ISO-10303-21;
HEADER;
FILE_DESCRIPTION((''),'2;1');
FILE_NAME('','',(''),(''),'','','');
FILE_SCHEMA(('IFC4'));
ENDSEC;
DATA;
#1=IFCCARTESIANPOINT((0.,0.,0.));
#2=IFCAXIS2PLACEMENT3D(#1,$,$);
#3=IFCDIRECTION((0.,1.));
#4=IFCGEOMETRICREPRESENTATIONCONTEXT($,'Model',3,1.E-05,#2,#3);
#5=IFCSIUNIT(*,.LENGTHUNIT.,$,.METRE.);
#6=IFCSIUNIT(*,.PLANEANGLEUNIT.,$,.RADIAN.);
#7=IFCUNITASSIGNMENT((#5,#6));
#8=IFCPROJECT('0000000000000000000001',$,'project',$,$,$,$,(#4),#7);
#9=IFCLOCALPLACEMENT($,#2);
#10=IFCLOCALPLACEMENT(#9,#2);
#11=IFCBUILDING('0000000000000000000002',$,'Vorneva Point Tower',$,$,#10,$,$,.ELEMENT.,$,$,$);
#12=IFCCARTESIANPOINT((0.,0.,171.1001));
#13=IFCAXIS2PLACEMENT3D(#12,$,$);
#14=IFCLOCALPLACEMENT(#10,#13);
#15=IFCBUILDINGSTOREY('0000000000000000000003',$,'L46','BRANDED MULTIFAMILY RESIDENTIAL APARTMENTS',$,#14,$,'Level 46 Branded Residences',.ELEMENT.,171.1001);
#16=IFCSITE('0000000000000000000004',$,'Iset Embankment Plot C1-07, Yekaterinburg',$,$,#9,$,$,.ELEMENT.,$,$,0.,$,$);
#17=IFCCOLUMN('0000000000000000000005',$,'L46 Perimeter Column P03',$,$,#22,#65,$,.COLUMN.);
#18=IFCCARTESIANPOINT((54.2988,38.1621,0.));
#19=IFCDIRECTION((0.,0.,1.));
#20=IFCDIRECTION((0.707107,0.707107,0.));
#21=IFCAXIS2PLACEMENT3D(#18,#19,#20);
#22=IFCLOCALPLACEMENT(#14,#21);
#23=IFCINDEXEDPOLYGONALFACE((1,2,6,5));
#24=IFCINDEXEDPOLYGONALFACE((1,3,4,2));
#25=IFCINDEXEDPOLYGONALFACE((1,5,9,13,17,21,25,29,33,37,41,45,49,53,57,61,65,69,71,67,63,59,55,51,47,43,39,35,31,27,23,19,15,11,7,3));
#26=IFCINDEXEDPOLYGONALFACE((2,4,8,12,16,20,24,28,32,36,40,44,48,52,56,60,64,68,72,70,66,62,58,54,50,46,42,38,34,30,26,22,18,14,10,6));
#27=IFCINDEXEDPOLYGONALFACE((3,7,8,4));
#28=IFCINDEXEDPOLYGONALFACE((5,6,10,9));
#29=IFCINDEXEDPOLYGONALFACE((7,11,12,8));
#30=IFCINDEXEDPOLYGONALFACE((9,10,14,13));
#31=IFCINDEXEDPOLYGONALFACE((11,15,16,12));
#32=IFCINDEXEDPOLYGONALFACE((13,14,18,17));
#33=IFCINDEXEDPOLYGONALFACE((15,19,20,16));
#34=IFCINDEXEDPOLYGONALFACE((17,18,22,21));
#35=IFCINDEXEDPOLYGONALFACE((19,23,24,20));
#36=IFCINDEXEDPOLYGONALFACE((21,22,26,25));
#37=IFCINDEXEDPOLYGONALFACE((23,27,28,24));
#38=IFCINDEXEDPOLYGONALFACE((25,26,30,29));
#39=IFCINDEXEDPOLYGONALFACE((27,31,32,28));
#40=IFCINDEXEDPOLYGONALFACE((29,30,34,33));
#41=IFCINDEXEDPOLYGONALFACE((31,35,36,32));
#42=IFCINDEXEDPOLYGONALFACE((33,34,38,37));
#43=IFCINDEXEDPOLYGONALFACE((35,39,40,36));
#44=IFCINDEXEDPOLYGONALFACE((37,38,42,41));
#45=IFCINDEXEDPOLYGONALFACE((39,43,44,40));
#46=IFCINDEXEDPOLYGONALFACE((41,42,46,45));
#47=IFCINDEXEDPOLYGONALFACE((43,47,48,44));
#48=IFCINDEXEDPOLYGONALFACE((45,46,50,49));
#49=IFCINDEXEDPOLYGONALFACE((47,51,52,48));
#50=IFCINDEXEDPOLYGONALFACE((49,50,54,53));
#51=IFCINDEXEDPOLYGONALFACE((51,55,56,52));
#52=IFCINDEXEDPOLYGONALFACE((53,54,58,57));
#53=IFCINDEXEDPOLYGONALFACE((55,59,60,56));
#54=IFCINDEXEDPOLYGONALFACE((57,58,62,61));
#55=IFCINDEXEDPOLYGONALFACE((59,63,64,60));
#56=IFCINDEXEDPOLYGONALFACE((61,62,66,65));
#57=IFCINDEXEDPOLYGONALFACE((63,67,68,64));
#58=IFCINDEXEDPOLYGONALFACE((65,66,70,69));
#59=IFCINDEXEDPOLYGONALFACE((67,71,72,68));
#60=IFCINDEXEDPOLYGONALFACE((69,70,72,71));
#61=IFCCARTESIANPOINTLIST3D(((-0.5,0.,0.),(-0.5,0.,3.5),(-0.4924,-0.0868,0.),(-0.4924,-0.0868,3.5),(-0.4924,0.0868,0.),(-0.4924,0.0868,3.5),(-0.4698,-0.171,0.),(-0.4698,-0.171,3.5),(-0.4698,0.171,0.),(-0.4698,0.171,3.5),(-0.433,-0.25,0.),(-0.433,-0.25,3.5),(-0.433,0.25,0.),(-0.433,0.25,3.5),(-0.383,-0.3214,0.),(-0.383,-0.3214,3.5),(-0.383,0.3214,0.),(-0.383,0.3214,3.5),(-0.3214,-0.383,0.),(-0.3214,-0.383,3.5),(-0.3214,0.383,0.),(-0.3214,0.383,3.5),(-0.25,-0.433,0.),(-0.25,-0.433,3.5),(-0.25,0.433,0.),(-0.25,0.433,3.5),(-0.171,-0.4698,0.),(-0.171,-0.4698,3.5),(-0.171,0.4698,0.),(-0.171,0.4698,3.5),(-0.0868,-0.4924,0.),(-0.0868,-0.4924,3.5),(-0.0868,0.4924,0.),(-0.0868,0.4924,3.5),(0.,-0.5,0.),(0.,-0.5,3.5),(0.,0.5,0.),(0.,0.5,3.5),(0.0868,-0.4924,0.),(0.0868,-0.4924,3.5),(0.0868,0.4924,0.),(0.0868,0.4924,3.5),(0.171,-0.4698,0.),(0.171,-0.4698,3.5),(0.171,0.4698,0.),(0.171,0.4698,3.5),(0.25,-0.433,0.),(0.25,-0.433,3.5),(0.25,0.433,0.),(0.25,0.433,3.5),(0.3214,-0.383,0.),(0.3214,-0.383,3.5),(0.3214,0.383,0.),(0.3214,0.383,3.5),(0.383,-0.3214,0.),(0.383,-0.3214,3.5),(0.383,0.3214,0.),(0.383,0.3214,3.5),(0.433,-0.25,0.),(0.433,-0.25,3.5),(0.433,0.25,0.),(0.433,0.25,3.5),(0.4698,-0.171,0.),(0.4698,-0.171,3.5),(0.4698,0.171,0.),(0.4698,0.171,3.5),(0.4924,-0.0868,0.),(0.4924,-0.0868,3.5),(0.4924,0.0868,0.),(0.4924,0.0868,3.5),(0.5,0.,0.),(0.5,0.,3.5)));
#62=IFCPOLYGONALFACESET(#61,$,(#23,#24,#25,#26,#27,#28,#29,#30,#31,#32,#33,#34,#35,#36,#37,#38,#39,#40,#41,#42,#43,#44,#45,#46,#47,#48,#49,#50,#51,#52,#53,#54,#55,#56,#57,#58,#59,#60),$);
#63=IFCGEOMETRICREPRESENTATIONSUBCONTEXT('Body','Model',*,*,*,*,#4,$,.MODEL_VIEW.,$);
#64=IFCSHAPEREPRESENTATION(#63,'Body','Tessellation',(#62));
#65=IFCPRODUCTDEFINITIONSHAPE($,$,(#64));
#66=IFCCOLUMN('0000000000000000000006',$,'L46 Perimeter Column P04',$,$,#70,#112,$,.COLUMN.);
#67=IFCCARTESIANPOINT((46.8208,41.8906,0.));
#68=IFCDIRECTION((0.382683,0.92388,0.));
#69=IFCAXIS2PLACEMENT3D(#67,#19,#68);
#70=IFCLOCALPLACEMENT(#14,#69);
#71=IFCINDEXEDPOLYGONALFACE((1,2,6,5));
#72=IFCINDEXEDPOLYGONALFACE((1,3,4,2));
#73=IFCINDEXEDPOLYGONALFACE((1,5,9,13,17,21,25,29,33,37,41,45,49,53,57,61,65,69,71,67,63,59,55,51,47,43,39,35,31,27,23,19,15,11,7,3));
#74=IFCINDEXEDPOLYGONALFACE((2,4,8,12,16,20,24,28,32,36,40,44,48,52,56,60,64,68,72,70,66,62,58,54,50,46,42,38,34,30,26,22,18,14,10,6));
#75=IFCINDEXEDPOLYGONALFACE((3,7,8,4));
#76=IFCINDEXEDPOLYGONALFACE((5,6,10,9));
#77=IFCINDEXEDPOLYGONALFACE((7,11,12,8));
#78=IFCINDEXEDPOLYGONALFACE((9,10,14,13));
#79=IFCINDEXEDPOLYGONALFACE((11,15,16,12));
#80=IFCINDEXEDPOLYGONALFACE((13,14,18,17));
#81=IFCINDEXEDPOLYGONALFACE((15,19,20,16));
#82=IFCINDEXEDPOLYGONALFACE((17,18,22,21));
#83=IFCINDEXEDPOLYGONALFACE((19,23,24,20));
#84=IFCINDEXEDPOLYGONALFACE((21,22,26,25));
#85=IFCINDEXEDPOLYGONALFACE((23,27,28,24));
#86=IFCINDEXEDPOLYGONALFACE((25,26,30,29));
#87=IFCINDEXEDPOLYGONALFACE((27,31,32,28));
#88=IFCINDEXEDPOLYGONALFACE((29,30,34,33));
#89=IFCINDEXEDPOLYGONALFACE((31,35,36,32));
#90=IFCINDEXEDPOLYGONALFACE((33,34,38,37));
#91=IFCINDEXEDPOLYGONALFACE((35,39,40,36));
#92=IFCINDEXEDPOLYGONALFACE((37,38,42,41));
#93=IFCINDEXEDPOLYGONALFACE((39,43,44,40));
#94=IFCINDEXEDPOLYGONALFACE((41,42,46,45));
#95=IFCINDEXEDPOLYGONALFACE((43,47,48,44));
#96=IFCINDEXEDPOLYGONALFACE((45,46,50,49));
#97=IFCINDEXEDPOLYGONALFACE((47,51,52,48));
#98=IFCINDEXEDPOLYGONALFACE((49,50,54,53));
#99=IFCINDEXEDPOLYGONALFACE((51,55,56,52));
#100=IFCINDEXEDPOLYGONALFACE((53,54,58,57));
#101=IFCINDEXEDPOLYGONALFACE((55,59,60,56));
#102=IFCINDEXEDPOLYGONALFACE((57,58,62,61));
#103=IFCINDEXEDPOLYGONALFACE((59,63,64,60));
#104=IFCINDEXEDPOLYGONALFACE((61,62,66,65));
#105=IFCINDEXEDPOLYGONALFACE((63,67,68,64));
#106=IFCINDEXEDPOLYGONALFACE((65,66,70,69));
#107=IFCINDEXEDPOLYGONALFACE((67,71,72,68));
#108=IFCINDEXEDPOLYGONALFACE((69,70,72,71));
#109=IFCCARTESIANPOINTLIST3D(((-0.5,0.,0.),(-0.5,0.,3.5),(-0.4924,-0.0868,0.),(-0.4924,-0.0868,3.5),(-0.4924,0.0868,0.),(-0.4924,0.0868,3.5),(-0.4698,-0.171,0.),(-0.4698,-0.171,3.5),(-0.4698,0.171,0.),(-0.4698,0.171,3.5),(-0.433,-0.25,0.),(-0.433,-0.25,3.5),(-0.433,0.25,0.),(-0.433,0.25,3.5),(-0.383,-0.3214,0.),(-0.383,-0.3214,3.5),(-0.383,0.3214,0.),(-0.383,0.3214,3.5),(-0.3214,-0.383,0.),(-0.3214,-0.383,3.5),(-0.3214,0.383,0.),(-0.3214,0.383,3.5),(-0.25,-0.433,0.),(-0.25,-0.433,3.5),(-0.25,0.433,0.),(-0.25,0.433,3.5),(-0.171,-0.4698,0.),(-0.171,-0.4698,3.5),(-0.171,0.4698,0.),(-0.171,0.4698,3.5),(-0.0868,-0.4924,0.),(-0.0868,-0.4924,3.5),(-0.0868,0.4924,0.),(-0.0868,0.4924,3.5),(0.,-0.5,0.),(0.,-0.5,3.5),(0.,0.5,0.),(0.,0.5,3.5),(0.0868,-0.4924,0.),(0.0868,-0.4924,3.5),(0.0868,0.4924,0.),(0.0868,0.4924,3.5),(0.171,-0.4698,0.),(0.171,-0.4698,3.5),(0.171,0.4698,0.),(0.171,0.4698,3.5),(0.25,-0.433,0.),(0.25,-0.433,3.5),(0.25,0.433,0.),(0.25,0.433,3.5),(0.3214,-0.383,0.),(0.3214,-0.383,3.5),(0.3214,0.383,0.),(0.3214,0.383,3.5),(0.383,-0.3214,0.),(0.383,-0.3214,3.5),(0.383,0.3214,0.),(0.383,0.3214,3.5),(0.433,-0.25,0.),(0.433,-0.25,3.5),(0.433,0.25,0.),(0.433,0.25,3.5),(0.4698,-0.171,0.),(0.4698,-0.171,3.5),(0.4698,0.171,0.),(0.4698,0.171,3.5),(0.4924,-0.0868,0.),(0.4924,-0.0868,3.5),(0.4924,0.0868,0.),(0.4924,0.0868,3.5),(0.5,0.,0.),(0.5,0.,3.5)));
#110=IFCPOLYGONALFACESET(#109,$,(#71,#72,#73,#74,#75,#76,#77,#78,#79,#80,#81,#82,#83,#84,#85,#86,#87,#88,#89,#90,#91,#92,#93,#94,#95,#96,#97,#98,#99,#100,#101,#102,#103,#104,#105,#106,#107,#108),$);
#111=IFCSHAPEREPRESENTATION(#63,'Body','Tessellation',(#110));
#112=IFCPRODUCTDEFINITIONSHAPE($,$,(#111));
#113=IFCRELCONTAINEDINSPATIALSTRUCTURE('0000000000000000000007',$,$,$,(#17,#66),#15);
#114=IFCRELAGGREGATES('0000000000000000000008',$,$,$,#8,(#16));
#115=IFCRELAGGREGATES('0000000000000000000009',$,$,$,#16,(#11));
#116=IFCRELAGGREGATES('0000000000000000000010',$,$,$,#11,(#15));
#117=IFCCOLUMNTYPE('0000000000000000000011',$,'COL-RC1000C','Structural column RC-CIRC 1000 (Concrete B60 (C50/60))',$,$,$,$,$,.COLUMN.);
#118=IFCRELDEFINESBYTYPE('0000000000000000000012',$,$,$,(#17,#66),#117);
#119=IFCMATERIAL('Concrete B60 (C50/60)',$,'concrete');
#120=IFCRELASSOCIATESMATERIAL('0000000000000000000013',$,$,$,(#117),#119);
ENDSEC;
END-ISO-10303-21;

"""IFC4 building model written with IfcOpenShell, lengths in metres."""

from ifc_helpers import new_model, si_unit, direction, frame, origin, origin_2d, place, context, subcontext, project, spatial, circle, extrude, material, material_profile, profile_set, type_object, element, save


model = new_model("IFC4")

# Units and contexts
model_context = context("Model", 3, precision=1e-05, world=origin(), true_north=direction((0.0, 1.0)))
body_context = subcontext(model_context, "Body", "Model", "MODEL_VIEW")
ifc_project = project(units=[si_unit("LENGTHUNIT", "METRE"), si_unit("PLANEANGLEUNIT", "RADIAN")], contexts=[model_context])

# Site, building, storey
site_placement = place(None, origin())
site = spatial("IfcSite", under=ifc_project, at=site_placement, Name="Iset Embankment Plot C1-07, Yekaterinburg", CompositionType="ELEMENT", RefElevation=0.0)
building_placement = place(site_placement, origin())
building = spatial("IfcBuilding", under=site, at=building_placement, Name="Vorneva Point Tower", CompositionType="ELEMENT")
storey_placement = place(building_placement, frame((0.0, 0.0, 171.1001)))
storey = spatial("IfcBuildingStorey", under=building, at=storey_placement, Name="L46", Description="BRANDED MULTIFAMILY RESIDENTIAL APARTMENTS", LongName="Level 46 Branded Residences", CompositionType="ELEMENT", Elevation=171.1001)

# Columns
ifc_material_1 = material(Name="Concrete B60 (C50/60)", Category="concrete")
ifc_material_profile_1 = material_profile(ifc_material_1, circle(Radius=0.5, at=origin_2d()), Name="RC-CIRC 1000")
ifc_profile_set_1 = profile_set([ifc_material_profile_1], Name="Concrete B60 (C50/60)")
column_type = type_object("IfcColumnType", Name="COL-RC1000C", Description="Structural column RC-CIRC 1000 (Concrete B60 (C50/60))", PredefinedType="COLUMN", material=ifc_profile_set_1)
for number, where, z_axis, x_axis, name in (
    (1, (54.2988, 38.1621, 0.0), (0.0, 0.0, 1.0), (0.707107, 0.707107, 0.0), "L46 Perimeter Column P03"),
    (2, (46.8208, 41.8906, 0.0), (0.0, 0.0, 1.0), (0.382683, 0.92388, 0.0), "L46 Perimeter Column P04"),
):
    element("IfcColumn", number, at=place(storey_placement, frame(where, z_axis=z_axis, x_axis=x_axis)), inside=storey, type_object=column_type, Name=name, PredefinedType="COLUMN", context=body_context, shape_type="SweptSolid", body=[
        extrude(circle(Radius=0.5, at=origin_2d()), origin(), (0.0, 0.0, 1.0), 3.5),
    ])

save(model, "model.ifc")
